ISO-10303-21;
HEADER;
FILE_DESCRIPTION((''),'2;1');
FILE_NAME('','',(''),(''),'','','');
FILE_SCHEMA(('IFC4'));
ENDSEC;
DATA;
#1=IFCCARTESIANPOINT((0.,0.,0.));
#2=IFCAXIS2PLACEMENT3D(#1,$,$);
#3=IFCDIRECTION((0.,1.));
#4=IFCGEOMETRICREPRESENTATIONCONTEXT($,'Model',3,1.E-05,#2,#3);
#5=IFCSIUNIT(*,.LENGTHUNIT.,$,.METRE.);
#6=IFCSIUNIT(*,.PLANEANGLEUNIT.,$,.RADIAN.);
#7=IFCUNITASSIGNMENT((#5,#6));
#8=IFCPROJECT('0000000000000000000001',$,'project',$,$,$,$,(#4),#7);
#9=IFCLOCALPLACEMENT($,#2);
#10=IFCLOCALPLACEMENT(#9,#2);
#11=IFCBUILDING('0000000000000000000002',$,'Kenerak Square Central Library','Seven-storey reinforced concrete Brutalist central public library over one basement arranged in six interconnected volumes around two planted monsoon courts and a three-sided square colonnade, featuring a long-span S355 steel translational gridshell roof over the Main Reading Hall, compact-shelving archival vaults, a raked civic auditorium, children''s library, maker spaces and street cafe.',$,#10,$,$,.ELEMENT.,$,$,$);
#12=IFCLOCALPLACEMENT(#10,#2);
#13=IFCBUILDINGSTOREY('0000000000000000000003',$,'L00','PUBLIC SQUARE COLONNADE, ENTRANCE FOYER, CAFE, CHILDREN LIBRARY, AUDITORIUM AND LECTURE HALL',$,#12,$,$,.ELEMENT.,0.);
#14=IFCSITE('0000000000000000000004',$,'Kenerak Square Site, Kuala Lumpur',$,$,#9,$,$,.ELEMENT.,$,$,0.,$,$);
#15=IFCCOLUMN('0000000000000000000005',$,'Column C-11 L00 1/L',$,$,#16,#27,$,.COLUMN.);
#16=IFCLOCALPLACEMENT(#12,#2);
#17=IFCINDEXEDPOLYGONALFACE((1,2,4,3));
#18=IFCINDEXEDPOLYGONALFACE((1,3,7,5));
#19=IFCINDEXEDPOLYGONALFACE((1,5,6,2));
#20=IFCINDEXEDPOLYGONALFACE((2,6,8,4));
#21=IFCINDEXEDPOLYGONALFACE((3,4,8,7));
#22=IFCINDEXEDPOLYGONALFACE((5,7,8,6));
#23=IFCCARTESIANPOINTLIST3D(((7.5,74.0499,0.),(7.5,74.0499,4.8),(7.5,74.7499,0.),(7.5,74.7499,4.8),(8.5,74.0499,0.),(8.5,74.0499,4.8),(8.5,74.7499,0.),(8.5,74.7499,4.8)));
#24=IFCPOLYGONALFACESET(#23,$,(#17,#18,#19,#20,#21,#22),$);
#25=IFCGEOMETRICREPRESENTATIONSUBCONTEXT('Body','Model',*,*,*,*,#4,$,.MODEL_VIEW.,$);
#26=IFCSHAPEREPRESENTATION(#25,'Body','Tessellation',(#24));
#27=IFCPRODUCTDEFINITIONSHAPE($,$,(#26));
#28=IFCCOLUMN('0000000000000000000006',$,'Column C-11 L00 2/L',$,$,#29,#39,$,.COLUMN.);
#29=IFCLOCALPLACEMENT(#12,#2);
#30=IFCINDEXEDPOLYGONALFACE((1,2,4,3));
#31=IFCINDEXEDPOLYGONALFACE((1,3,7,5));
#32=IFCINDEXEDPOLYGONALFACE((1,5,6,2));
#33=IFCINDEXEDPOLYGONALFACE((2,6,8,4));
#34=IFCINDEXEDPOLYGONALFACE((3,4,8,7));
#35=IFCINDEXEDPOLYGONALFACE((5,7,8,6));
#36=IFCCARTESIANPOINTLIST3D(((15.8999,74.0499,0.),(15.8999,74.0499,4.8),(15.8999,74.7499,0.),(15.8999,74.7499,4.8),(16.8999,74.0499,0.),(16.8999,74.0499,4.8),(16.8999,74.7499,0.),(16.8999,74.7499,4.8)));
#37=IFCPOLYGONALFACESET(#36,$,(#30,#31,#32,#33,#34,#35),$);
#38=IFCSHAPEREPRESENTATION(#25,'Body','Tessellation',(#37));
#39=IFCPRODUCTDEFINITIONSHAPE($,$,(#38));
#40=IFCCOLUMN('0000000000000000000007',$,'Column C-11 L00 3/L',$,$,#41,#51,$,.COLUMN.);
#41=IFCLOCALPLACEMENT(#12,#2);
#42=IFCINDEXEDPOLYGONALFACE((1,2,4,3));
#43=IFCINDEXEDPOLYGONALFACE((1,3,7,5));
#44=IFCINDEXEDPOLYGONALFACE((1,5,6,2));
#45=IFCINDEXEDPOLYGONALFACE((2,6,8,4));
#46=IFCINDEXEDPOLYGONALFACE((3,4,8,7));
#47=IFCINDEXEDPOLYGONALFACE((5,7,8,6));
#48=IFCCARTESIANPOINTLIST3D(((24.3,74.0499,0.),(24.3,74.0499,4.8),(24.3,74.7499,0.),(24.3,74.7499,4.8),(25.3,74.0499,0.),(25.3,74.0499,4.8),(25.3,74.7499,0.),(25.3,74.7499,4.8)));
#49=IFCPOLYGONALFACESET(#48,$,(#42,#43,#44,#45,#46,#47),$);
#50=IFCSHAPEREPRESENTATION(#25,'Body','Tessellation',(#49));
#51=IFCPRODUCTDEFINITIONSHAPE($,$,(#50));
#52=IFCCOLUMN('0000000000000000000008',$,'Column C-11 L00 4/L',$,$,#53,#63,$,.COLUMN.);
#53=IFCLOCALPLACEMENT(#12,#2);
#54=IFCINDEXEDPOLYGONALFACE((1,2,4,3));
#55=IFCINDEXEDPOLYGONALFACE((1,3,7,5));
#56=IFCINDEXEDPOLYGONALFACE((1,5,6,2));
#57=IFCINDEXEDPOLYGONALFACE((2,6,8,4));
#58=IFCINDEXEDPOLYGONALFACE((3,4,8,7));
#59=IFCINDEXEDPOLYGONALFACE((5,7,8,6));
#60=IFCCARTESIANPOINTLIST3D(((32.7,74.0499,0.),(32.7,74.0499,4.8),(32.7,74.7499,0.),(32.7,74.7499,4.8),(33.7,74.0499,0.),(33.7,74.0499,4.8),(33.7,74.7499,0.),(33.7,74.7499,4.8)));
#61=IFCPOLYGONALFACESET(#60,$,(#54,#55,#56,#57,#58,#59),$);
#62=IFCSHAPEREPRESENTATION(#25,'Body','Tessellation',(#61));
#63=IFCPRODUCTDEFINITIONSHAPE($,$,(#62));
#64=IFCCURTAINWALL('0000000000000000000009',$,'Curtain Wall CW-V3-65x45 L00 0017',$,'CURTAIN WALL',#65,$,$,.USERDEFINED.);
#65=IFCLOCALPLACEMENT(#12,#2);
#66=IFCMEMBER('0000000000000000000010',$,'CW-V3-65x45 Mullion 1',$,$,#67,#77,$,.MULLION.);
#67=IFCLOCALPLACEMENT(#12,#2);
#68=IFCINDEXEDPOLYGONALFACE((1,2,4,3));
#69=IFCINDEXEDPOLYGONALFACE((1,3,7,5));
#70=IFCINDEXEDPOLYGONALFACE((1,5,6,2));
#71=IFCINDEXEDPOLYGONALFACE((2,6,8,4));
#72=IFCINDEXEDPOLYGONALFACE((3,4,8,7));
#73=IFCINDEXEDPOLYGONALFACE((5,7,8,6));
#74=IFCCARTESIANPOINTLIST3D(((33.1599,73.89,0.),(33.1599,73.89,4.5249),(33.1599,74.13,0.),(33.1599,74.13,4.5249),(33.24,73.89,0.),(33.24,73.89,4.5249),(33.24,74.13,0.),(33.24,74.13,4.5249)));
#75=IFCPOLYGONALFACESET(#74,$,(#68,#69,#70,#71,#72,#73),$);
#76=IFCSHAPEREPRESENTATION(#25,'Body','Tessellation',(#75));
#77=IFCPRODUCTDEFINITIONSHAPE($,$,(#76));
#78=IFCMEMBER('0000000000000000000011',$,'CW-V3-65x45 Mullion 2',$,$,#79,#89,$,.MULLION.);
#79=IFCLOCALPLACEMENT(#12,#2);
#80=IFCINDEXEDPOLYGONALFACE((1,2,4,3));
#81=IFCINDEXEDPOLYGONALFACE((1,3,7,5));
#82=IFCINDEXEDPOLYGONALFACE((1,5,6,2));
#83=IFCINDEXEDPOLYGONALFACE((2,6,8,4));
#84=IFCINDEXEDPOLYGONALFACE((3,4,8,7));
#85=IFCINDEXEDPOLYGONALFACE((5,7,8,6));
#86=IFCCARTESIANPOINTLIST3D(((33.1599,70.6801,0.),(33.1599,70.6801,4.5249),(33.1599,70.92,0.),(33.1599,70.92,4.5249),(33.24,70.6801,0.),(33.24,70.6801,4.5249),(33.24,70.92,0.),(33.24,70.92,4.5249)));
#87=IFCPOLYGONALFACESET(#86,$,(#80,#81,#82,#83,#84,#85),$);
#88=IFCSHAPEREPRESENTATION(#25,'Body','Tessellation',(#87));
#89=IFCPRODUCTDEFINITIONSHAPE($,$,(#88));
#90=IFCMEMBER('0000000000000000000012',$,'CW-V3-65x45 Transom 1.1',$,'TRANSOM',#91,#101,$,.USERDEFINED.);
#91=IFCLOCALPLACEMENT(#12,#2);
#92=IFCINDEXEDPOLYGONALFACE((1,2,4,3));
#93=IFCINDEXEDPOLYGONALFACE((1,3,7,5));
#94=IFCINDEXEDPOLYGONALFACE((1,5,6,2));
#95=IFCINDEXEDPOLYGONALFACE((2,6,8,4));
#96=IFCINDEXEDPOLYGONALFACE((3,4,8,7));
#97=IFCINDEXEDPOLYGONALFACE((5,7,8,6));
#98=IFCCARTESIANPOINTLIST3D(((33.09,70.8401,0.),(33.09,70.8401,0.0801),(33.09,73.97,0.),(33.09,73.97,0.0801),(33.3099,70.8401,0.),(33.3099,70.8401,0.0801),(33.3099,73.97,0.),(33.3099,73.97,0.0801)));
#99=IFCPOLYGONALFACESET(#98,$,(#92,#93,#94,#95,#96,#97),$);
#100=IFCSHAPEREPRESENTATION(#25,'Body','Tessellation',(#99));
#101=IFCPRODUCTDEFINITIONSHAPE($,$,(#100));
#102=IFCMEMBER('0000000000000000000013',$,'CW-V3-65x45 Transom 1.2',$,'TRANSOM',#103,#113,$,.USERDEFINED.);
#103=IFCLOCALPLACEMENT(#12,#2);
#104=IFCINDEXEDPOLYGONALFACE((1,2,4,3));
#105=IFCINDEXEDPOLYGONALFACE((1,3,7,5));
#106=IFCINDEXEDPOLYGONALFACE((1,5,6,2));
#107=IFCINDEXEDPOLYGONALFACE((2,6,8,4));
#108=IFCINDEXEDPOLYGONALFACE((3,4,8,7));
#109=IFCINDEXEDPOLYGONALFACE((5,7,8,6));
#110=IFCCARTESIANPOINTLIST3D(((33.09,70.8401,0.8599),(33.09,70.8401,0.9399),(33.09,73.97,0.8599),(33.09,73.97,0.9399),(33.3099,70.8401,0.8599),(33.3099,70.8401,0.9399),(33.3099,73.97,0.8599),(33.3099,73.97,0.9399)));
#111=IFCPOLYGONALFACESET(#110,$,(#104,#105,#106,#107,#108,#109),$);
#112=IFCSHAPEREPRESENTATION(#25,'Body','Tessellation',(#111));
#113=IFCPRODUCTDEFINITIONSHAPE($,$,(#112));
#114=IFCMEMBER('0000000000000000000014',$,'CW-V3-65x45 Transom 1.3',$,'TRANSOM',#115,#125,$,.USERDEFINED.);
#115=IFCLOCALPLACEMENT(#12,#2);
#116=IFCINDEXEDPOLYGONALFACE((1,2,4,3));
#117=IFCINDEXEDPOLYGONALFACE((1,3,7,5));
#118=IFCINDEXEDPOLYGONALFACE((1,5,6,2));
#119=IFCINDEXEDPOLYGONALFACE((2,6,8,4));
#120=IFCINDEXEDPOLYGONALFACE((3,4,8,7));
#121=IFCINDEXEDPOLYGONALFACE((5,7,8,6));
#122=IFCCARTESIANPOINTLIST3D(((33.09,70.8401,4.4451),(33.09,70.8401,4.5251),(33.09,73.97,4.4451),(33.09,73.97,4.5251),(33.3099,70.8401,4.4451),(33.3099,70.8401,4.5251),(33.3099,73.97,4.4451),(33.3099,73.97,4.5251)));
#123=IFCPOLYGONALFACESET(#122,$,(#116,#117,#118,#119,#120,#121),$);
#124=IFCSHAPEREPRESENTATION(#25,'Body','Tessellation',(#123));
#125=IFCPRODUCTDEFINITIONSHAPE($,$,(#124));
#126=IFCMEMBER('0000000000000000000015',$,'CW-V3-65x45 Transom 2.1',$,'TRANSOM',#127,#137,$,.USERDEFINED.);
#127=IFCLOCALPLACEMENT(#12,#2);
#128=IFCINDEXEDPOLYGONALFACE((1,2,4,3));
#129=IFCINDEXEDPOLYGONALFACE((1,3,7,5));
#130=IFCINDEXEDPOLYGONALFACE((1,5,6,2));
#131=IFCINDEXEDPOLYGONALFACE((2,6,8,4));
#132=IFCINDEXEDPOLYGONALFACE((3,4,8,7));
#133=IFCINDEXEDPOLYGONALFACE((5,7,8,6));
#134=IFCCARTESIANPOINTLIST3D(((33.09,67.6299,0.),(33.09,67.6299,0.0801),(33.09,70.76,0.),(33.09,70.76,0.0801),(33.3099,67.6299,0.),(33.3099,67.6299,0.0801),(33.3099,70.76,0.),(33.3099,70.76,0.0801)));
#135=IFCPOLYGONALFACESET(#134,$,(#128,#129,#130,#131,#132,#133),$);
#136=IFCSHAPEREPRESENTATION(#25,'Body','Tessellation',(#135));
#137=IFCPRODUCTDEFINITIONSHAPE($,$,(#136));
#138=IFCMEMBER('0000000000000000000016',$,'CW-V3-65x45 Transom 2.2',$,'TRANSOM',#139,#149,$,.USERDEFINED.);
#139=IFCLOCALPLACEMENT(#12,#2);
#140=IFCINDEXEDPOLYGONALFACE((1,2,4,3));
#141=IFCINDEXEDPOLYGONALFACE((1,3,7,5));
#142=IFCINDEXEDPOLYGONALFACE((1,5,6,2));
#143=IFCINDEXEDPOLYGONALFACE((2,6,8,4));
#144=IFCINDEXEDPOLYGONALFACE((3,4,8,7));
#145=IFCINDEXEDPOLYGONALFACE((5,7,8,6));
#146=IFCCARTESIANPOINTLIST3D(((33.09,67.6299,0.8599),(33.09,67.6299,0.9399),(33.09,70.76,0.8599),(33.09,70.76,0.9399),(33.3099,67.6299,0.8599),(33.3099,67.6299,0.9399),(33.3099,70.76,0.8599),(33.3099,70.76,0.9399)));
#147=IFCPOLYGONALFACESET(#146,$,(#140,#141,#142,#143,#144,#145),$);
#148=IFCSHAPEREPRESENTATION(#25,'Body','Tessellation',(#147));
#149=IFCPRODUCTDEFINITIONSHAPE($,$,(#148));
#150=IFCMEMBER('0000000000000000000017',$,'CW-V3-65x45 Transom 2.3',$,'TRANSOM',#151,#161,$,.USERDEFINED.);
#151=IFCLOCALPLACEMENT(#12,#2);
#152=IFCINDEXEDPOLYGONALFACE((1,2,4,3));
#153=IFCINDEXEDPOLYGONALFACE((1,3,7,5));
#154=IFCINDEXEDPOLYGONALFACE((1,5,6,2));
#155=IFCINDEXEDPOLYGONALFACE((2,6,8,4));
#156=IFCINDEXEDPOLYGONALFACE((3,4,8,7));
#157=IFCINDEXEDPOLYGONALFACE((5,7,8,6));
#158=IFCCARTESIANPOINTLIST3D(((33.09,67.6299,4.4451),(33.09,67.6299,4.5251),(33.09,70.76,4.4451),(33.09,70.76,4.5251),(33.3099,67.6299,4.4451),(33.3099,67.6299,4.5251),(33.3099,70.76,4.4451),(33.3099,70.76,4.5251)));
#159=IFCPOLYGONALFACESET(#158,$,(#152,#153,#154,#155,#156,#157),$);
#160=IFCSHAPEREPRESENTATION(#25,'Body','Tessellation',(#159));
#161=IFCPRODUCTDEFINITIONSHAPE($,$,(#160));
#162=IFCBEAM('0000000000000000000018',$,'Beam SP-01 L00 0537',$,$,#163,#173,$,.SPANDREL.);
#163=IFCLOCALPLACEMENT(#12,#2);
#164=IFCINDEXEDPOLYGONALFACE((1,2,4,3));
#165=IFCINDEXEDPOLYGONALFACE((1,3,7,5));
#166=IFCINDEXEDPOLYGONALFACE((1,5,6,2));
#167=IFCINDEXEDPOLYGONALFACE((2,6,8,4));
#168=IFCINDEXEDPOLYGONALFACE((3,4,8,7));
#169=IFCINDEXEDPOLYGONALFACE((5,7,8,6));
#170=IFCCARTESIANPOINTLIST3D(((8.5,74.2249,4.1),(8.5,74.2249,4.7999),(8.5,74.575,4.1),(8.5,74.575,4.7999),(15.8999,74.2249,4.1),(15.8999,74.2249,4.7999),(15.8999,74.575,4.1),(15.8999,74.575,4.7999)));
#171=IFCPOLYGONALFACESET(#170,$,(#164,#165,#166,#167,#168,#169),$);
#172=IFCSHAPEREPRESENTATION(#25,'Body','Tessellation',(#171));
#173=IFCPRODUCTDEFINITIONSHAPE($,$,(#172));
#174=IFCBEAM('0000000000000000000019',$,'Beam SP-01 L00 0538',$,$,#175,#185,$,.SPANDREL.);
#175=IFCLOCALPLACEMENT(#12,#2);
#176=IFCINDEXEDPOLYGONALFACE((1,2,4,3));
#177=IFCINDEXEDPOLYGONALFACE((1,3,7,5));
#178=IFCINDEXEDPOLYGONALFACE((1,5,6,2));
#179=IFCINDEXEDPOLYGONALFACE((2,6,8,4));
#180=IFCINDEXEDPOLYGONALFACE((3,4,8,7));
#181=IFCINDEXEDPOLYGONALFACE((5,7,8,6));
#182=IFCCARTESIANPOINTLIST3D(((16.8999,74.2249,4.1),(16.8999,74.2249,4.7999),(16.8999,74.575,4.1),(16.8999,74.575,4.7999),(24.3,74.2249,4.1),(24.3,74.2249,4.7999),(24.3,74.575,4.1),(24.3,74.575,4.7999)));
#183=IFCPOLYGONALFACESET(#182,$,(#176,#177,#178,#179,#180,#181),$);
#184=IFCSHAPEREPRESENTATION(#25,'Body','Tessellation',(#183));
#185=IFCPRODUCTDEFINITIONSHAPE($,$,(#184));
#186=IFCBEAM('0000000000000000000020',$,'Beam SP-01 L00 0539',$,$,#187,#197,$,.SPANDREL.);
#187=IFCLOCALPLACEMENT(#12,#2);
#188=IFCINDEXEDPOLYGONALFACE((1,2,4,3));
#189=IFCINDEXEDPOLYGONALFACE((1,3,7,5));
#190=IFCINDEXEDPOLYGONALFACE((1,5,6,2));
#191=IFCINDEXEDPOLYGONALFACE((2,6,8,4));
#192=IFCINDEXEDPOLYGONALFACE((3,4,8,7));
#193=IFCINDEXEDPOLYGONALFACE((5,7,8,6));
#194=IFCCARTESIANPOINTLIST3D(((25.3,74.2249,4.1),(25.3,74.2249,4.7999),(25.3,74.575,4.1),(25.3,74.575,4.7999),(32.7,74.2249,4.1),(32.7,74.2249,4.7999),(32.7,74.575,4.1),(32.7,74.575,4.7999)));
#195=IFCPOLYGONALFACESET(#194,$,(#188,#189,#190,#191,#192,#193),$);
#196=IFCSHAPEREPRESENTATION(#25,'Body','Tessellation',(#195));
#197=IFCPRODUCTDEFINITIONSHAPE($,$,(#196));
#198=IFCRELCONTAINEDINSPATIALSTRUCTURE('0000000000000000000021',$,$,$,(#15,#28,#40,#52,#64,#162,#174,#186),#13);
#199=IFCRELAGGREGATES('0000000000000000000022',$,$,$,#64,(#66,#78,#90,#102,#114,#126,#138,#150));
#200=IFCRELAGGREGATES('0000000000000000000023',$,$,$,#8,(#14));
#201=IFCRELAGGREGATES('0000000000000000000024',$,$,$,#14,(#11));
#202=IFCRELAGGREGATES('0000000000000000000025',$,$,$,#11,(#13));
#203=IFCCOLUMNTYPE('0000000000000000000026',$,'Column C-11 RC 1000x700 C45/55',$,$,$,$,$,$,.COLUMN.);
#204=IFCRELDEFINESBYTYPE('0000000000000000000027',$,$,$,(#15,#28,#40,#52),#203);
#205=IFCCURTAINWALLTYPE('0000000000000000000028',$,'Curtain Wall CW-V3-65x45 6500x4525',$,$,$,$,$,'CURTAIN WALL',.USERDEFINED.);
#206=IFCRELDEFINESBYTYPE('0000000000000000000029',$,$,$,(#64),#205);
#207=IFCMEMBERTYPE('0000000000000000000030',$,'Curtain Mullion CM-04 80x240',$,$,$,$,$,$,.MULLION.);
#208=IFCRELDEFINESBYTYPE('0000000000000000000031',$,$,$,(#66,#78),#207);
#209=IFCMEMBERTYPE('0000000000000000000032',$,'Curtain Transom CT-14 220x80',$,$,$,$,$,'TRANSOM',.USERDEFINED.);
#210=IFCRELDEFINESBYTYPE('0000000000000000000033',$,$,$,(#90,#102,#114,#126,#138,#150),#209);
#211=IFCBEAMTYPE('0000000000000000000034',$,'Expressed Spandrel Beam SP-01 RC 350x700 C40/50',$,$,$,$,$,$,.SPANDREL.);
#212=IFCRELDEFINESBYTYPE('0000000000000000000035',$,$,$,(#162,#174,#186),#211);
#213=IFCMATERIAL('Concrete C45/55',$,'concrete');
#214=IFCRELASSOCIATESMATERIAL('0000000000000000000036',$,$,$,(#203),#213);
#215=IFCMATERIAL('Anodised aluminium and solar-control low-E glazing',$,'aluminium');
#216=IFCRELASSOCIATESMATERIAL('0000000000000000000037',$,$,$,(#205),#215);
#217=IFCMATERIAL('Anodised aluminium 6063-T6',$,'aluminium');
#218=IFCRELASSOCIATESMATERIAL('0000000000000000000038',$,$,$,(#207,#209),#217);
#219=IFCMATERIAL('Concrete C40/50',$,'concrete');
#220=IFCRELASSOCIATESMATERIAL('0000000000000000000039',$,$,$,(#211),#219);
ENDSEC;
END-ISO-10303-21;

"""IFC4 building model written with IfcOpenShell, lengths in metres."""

from ifc_helpers import new_model, si_unit, direction, frame, origin, origin_2d, place, context, subcontext, project, spatial, rectangle, extrude, material, material_profile, profile_set, type_object, element, aggregate, save


model = new_model("IFC4")

# Units and contexts
model_context = context("Model", 3, precision=1e-05, world=origin(), true_north=direction((0.0, 1.0)))
body_context = subcontext(model_context, "Body", "Model", "MODEL_VIEW")
ifc_project = project(units=[si_unit("LENGTHUNIT", "METRE"), si_unit("PLANEANGLEUNIT", "RADIAN")], contexts=[model_context])

# Site, building, storey
site_placement = place(None, origin())
site = spatial("IfcSite", under=ifc_project, at=site_placement, Name="Kenerak Square Site, Kuala Lumpur", CompositionType="ELEMENT", RefElevation=0.0)
building_placement = place(site_placement, origin())
building = spatial("IfcBuilding", under=site, at=building_placement, Name="Kenerak Square Central Library", Description="Seven-storey reinforced concrete Brutalist central public library over one basement arranged in six interconnected volumes around two planted monsoon courts and a three-sided square colonnade, featuring a long-span S355 steel translational gridshell roof over the Main Reading Hall, compact-shelving archival vaults, a raked civic auditorium, children's library, maker spaces and street cafe.", CompositionType="ELEMENT")
storey_placement = place(building_placement, origin())
storey = spatial("IfcBuildingStorey", under=building, at=storey_placement, Name="L00", Description="PUBLIC SQUARE COLONNADE, ENTRANCE FOYER, CAFE, CHILDREN LIBRARY, AUDITORIUM AND LECTURE HALL", CompositionType="ELEMENT", Elevation=0.0)

# Columns
ifc_material_1 = material(Name="Concrete C45/55", Category="concrete")
ifc_material_profile_1 = material_profile(ifc_material_1, rectangle(XDim=1.0, YDim=0.7, at=origin_2d()), Name="RC 1000x700")
ifc_profile_set_1 = profile_set([ifc_material_profile_1], Name="Concrete C45/55")
column_type = type_object("IfcColumnType", Name="Column C-11 RC 1000x700 C45/55", PredefinedType="COLUMN", material=ifc_profile_set_1)
for number, where, z_axis, x_axis, name in (
    (1, (8.0, 74.3999, 0.0), (0.0, 0.0, 1.0), (1.0, 0.0, 0.0), "Column C-11 L00 1/L"),
    (2, (16.3999, 74.3999, 0.0), (0.0, 0.0, 1.0), (1.0, 0.0, 0.0), "Column C-11 L00 2/L"),
    (3, (24.8, 74.3999, 0.0), (0.0, 0.0, 1.0), (1.0, 0.0, 0.0), "Column C-11 L00 3/L"),
    (4, (33.2, 74.3999, 0.0), (0.0, 0.0, 1.0), (1.0, 0.0, 0.0), "Column C-11 L00 4/L"),
):
    element("IfcColumn", number, at=place(storey_placement, frame(where, z_axis=z_axis, x_axis=x_axis)), inside=storey, type_object=column_type, Name=name, PredefinedType="COLUMN", context=body_context, shape_type="SweptSolid", body=[
        extrude(rectangle(XDim=1.0, YDim=0.7, at=origin_2d()), origin(), (0.0, 0.0, 1.0), 4.8),
    ])

# Curtain wall, members
ifc_material_2 = material(Name="Anodised aluminium and solar-control low-E glazing", Category="aluminium")
curtain_wall_type = type_object("IfcCurtainWallType", Name="Curtain Wall CW-V3-65x45 6500x4525", ElementType="CURTAIN WALL", PredefinedType="USERDEFINED", material=ifc_material_2)
curtain_wall_placement = place(storey_placement, origin())
curtain_wall = element("IfcCurtainWall", 5, at=curtain_wall_placement, inside=storey, type_object=curtain_wall_type, Name="Curtain Wall CW-V3-65x45 L00 0017", ObjectType="CURTAIN WALL", PredefinedType="USERDEFINED")
ifc_material_3 = material(Name="Anodised aluminium 6063-T6", Category="aluminium")
ifc_material_profile_2 = material_profile(ifc_material_3, rectangle(XDim=0.0801, YDim=0.24, at=origin_2d()), Name="AL MULLION 80x240")
ifc_profile_set_2 = profile_set([ifc_material_profile_2], Name="Anodised aluminium 6063-T6")
member_type_1 = type_object("IfcMemberType", Name="Curtain Mullion CM-04 80x240", PredefinedType="MULLION", material=ifc_profile_set_2)
member_1_placement = place(storey_placement, frame((33.2, 74.01, 0.0), z_axis=(0.0, 0.0, 1.0), x_axis=(1.0, 0.0, 0.0)))
member_1 = element("IfcMember", 6, at=member_1_placement, type_object=member_type_1, Name="CW-V3-65x45 Mullion 1", PredefinedType="MULLION", context=body_context, shape_type="SweptSolid", body=[
    extrude(rectangle(XDim=0.0801, YDim=0.24, at=origin_2d()), origin(), (0.0, 0.0, 1.0), 4.5249),
])
member_2_placement = place(storey_placement, frame((33.2, 70.8, 0.0), z_axis=(0.0, 0.0, 1.0), x_axis=(1.0, 0.0, 0.0)))
member_2 = element("IfcMember", 7, at=member_2_placement, type_object=member_type_1, Name="CW-V3-65x45 Mullion 2", PredefinedType="MULLION", context=body_context, shape_type="SweptSolid", body=[
    extrude(rectangle(XDim=0.0801, YDim=0.24, at=origin_2d()), origin(), (0.0, 0.0, 1.0), 4.5249),
])
ifc_material_profile_3 = material_profile(ifc_material_3, rectangle(XDim=0.22, YDim=0.0801, at=origin_2d()), Name="AL TRANSOM 220x80")
ifc_profile_set_3 = profile_set([ifc_material_profile_3], Name="Anodised aluminium 6063-T6")
member_type_2 = type_object("IfcMemberType", Name="Curtain Transom CT-14 220x80", ElementType="TRANSOM", PredefinedType="USERDEFINED", material=ifc_profile_set_3)
member_3_placement = place(storey_placement, frame((33.2, 73.97, 0.04), z_axis=(0.0, -1.0, 0.0), x_axis=(1.0, 0.0, 0.0)))
member_3 = element("IfcMember", 8, at=member_3_placement, type_object=member_type_2, Name="CW-V3-65x45 Transom 1.1", ObjectType="TRANSOM", PredefinedType="USERDEFINED", context=body_context, shape_type="SweptSolid", body=[
    extrude(rectangle(XDim=0.22, YDim=0.0801, at=origin_2d()), origin(), (0.0, 0.0, 1.0), 3.1299),
])
member_4_placement = place(storey_placement, frame((33.2, 73.97, 0.8999), z_axis=(0.0, -1.0, 0.0), x_axis=(1.0, 0.0, 0.0)))
member_4 = element("IfcMember", 9, at=member_4_placement, type_object=member_type_2, Name="CW-V3-65x45 Transom 1.2", ObjectType="TRANSOM", PredefinedType="USERDEFINED", context=body_context, shape_type="SweptSolid", body=[
    extrude(rectangle(XDim=0.22, YDim=0.0801, at=origin_2d()), origin(), (0.0, 0.0, 1.0), 3.1299),
])
member_5_placement = place(storey_placement, frame((33.2, 73.97, 4.4851), z_axis=(0.0, -1.0, 0.0), x_axis=(1.0, 0.0, 0.0)))
member_5 = element("IfcMember", 10, at=member_5_placement, type_object=member_type_2, Name="CW-V3-65x45 Transom 1.3", ObjectType="TRANSOM", PredefinedType="USERDEFINED", context=body_context, shape_type="SweptSolid", body=[
    extrude(rectangle(XDim=0.22, YDim=0.0801, at=origin_2d()), origin(), (0.0, 0.0, 1.0), 3.1299),
])
member_6_placement = place(storey_placement, frame((33.2, 70.76, 0.04), z_axis=(0.0, -1.0, 0.0), x_axis=(1.0, 0.0, 0.0)))
member_6 = element("IfcMember", 11, at=member_6_placement, type_object=member_type_2, Name="CW-V3-65x45 Transom 2.1", ObjectType="TRANSOM", PredefinedType="USERDEFINED", context=body_context, shape_type="SweptSolid", body=[
    extrude(rectangle(XDim=0.22, YDim=0.0801, at=origin_2d()), origin(), (0.0, 0.0, 1.0), 3.1301),
])
member_7_placement = place(storey_placement, frame((33.2, 70.76, 0.8999), z_axis=(0.0, -1.0, 0.0), x_axis=(1.0, 0.0, 0.0)))
member_7 = element("IfcMember", 12, at=member_7_placement, type_object=member_type_2, Name="CW-V3-65x45 Transom 2.2", ObjectType="TRANSOM", PredefinedType="USERDEFINED", context=body_context, shape_type="SweptSolid", body=[
    extrude(rectangle(XDim=0.22, YDim=0.0801, at=origin_2d()), origin(), (0.0, 0.0, 1.0), 3.1301),
])
member_8_placement = place(storey_placement, frame((33.2, 70.76, 4.4851), z_axis=(0.0, -1.0, 0.0), x_axis=(1.0, 0.0, 0.0)))
member_8 = element("IfcMember", 13, at=member_8_placement, type_object=member_type_2, Name="CW-V3-65x45 Transom 2.3", ObjectType="TRANSOM", PredefinedType="USERDEFINED", context=body_context, shape_type="SweptSolid", body=[
    extrude(rectangle(XDim=0.22, YDim=0.0801, at=origin_2d()), origin(), (0.0, 0.0, 1.0), 3.1301),
])

# Beams
ifc_material_4 = material(Name="Concrete C40/50", Category="concrete")
ifc_material_profile_4 = material_profile(ifc_material_4, rectangle(XDim=0.3501, YDim=0.7, at=origin_2d()), Name="RC 350x700")
ifc_profile_set_4 = profile_set([ifc_material_profile_4], Name="Concrete C40/50")
beam_type = type_object("IfcBeamType", Name="Expressed Spandrel Beam SP-01 RC 350x700 C40/50", PredefinedType="SPANDREL", material=ifc_profile_set_4)
beam_1_placement = place(storey_placement, frame((8.5, 74.3999, 4.45), z_axis=(1.0, 0.0, 0.0), x_axis=(0.0, 1.0, 0.0)))
element("IfcBeam", 14, at=beam_1_placement, inside=storey, type_object=beam_type, Name="Beam SP-01 L00 0537", PredefinedType="SPANDREL", context=body_context, shape_type="SweptSolid", body=[
    extrude(rectangle(XDim=0.3501, YDim=0.7, at=origin_2d()), origin(), (0.0, 0.0, 1.0), 7.3999),
])
beam_2_placement = place(storey_placement, frame((16.8999, 74.3999, 4.45), z_axis=(1.0, 0.0, 0.0), x_axis=(0.0, 1.0, 0.0)))
element("IfcBeam", 15, at=beam_2_placement, inside=storey, type_object=beam_type, Name="Beam SP-01 L00 0538", PredefinedType="SPANDREL", context=body_context, shape_type="SweptSolid", body=[
    extrude(rectangle(XDim=0.3501, YDim=0.7, at=origin_2d()), origin(), (0.0, 0.0, 1.0), 7.4001),
])
beam_3_placement = place(storey_placement, frame((25.3, 74.3999, 4.45), z_axis=(1.0, 0.0, 0.0), x_axis=(0.0, 1.0, 0.0)))
element("IfcBeam", 16, at=beam_3_placement, inside=storey, type_object=beam_type, Name="Beam SP-01 L00 0539", PredefinedType="SPANDREL", context=body_context, shape_type="SweptSolid", body=[
    extrude(rectangle(XDim=0.3501, YDim=0.7, at=origin_2d()), origin(), (0.0, 0.0, 1.0), 7.3999),
])

aggregate(curtain_wall, [member_1, member_2, member_3, member_4, member_5, member_6, member_7, member_8])

save(model, "model.ifc")
